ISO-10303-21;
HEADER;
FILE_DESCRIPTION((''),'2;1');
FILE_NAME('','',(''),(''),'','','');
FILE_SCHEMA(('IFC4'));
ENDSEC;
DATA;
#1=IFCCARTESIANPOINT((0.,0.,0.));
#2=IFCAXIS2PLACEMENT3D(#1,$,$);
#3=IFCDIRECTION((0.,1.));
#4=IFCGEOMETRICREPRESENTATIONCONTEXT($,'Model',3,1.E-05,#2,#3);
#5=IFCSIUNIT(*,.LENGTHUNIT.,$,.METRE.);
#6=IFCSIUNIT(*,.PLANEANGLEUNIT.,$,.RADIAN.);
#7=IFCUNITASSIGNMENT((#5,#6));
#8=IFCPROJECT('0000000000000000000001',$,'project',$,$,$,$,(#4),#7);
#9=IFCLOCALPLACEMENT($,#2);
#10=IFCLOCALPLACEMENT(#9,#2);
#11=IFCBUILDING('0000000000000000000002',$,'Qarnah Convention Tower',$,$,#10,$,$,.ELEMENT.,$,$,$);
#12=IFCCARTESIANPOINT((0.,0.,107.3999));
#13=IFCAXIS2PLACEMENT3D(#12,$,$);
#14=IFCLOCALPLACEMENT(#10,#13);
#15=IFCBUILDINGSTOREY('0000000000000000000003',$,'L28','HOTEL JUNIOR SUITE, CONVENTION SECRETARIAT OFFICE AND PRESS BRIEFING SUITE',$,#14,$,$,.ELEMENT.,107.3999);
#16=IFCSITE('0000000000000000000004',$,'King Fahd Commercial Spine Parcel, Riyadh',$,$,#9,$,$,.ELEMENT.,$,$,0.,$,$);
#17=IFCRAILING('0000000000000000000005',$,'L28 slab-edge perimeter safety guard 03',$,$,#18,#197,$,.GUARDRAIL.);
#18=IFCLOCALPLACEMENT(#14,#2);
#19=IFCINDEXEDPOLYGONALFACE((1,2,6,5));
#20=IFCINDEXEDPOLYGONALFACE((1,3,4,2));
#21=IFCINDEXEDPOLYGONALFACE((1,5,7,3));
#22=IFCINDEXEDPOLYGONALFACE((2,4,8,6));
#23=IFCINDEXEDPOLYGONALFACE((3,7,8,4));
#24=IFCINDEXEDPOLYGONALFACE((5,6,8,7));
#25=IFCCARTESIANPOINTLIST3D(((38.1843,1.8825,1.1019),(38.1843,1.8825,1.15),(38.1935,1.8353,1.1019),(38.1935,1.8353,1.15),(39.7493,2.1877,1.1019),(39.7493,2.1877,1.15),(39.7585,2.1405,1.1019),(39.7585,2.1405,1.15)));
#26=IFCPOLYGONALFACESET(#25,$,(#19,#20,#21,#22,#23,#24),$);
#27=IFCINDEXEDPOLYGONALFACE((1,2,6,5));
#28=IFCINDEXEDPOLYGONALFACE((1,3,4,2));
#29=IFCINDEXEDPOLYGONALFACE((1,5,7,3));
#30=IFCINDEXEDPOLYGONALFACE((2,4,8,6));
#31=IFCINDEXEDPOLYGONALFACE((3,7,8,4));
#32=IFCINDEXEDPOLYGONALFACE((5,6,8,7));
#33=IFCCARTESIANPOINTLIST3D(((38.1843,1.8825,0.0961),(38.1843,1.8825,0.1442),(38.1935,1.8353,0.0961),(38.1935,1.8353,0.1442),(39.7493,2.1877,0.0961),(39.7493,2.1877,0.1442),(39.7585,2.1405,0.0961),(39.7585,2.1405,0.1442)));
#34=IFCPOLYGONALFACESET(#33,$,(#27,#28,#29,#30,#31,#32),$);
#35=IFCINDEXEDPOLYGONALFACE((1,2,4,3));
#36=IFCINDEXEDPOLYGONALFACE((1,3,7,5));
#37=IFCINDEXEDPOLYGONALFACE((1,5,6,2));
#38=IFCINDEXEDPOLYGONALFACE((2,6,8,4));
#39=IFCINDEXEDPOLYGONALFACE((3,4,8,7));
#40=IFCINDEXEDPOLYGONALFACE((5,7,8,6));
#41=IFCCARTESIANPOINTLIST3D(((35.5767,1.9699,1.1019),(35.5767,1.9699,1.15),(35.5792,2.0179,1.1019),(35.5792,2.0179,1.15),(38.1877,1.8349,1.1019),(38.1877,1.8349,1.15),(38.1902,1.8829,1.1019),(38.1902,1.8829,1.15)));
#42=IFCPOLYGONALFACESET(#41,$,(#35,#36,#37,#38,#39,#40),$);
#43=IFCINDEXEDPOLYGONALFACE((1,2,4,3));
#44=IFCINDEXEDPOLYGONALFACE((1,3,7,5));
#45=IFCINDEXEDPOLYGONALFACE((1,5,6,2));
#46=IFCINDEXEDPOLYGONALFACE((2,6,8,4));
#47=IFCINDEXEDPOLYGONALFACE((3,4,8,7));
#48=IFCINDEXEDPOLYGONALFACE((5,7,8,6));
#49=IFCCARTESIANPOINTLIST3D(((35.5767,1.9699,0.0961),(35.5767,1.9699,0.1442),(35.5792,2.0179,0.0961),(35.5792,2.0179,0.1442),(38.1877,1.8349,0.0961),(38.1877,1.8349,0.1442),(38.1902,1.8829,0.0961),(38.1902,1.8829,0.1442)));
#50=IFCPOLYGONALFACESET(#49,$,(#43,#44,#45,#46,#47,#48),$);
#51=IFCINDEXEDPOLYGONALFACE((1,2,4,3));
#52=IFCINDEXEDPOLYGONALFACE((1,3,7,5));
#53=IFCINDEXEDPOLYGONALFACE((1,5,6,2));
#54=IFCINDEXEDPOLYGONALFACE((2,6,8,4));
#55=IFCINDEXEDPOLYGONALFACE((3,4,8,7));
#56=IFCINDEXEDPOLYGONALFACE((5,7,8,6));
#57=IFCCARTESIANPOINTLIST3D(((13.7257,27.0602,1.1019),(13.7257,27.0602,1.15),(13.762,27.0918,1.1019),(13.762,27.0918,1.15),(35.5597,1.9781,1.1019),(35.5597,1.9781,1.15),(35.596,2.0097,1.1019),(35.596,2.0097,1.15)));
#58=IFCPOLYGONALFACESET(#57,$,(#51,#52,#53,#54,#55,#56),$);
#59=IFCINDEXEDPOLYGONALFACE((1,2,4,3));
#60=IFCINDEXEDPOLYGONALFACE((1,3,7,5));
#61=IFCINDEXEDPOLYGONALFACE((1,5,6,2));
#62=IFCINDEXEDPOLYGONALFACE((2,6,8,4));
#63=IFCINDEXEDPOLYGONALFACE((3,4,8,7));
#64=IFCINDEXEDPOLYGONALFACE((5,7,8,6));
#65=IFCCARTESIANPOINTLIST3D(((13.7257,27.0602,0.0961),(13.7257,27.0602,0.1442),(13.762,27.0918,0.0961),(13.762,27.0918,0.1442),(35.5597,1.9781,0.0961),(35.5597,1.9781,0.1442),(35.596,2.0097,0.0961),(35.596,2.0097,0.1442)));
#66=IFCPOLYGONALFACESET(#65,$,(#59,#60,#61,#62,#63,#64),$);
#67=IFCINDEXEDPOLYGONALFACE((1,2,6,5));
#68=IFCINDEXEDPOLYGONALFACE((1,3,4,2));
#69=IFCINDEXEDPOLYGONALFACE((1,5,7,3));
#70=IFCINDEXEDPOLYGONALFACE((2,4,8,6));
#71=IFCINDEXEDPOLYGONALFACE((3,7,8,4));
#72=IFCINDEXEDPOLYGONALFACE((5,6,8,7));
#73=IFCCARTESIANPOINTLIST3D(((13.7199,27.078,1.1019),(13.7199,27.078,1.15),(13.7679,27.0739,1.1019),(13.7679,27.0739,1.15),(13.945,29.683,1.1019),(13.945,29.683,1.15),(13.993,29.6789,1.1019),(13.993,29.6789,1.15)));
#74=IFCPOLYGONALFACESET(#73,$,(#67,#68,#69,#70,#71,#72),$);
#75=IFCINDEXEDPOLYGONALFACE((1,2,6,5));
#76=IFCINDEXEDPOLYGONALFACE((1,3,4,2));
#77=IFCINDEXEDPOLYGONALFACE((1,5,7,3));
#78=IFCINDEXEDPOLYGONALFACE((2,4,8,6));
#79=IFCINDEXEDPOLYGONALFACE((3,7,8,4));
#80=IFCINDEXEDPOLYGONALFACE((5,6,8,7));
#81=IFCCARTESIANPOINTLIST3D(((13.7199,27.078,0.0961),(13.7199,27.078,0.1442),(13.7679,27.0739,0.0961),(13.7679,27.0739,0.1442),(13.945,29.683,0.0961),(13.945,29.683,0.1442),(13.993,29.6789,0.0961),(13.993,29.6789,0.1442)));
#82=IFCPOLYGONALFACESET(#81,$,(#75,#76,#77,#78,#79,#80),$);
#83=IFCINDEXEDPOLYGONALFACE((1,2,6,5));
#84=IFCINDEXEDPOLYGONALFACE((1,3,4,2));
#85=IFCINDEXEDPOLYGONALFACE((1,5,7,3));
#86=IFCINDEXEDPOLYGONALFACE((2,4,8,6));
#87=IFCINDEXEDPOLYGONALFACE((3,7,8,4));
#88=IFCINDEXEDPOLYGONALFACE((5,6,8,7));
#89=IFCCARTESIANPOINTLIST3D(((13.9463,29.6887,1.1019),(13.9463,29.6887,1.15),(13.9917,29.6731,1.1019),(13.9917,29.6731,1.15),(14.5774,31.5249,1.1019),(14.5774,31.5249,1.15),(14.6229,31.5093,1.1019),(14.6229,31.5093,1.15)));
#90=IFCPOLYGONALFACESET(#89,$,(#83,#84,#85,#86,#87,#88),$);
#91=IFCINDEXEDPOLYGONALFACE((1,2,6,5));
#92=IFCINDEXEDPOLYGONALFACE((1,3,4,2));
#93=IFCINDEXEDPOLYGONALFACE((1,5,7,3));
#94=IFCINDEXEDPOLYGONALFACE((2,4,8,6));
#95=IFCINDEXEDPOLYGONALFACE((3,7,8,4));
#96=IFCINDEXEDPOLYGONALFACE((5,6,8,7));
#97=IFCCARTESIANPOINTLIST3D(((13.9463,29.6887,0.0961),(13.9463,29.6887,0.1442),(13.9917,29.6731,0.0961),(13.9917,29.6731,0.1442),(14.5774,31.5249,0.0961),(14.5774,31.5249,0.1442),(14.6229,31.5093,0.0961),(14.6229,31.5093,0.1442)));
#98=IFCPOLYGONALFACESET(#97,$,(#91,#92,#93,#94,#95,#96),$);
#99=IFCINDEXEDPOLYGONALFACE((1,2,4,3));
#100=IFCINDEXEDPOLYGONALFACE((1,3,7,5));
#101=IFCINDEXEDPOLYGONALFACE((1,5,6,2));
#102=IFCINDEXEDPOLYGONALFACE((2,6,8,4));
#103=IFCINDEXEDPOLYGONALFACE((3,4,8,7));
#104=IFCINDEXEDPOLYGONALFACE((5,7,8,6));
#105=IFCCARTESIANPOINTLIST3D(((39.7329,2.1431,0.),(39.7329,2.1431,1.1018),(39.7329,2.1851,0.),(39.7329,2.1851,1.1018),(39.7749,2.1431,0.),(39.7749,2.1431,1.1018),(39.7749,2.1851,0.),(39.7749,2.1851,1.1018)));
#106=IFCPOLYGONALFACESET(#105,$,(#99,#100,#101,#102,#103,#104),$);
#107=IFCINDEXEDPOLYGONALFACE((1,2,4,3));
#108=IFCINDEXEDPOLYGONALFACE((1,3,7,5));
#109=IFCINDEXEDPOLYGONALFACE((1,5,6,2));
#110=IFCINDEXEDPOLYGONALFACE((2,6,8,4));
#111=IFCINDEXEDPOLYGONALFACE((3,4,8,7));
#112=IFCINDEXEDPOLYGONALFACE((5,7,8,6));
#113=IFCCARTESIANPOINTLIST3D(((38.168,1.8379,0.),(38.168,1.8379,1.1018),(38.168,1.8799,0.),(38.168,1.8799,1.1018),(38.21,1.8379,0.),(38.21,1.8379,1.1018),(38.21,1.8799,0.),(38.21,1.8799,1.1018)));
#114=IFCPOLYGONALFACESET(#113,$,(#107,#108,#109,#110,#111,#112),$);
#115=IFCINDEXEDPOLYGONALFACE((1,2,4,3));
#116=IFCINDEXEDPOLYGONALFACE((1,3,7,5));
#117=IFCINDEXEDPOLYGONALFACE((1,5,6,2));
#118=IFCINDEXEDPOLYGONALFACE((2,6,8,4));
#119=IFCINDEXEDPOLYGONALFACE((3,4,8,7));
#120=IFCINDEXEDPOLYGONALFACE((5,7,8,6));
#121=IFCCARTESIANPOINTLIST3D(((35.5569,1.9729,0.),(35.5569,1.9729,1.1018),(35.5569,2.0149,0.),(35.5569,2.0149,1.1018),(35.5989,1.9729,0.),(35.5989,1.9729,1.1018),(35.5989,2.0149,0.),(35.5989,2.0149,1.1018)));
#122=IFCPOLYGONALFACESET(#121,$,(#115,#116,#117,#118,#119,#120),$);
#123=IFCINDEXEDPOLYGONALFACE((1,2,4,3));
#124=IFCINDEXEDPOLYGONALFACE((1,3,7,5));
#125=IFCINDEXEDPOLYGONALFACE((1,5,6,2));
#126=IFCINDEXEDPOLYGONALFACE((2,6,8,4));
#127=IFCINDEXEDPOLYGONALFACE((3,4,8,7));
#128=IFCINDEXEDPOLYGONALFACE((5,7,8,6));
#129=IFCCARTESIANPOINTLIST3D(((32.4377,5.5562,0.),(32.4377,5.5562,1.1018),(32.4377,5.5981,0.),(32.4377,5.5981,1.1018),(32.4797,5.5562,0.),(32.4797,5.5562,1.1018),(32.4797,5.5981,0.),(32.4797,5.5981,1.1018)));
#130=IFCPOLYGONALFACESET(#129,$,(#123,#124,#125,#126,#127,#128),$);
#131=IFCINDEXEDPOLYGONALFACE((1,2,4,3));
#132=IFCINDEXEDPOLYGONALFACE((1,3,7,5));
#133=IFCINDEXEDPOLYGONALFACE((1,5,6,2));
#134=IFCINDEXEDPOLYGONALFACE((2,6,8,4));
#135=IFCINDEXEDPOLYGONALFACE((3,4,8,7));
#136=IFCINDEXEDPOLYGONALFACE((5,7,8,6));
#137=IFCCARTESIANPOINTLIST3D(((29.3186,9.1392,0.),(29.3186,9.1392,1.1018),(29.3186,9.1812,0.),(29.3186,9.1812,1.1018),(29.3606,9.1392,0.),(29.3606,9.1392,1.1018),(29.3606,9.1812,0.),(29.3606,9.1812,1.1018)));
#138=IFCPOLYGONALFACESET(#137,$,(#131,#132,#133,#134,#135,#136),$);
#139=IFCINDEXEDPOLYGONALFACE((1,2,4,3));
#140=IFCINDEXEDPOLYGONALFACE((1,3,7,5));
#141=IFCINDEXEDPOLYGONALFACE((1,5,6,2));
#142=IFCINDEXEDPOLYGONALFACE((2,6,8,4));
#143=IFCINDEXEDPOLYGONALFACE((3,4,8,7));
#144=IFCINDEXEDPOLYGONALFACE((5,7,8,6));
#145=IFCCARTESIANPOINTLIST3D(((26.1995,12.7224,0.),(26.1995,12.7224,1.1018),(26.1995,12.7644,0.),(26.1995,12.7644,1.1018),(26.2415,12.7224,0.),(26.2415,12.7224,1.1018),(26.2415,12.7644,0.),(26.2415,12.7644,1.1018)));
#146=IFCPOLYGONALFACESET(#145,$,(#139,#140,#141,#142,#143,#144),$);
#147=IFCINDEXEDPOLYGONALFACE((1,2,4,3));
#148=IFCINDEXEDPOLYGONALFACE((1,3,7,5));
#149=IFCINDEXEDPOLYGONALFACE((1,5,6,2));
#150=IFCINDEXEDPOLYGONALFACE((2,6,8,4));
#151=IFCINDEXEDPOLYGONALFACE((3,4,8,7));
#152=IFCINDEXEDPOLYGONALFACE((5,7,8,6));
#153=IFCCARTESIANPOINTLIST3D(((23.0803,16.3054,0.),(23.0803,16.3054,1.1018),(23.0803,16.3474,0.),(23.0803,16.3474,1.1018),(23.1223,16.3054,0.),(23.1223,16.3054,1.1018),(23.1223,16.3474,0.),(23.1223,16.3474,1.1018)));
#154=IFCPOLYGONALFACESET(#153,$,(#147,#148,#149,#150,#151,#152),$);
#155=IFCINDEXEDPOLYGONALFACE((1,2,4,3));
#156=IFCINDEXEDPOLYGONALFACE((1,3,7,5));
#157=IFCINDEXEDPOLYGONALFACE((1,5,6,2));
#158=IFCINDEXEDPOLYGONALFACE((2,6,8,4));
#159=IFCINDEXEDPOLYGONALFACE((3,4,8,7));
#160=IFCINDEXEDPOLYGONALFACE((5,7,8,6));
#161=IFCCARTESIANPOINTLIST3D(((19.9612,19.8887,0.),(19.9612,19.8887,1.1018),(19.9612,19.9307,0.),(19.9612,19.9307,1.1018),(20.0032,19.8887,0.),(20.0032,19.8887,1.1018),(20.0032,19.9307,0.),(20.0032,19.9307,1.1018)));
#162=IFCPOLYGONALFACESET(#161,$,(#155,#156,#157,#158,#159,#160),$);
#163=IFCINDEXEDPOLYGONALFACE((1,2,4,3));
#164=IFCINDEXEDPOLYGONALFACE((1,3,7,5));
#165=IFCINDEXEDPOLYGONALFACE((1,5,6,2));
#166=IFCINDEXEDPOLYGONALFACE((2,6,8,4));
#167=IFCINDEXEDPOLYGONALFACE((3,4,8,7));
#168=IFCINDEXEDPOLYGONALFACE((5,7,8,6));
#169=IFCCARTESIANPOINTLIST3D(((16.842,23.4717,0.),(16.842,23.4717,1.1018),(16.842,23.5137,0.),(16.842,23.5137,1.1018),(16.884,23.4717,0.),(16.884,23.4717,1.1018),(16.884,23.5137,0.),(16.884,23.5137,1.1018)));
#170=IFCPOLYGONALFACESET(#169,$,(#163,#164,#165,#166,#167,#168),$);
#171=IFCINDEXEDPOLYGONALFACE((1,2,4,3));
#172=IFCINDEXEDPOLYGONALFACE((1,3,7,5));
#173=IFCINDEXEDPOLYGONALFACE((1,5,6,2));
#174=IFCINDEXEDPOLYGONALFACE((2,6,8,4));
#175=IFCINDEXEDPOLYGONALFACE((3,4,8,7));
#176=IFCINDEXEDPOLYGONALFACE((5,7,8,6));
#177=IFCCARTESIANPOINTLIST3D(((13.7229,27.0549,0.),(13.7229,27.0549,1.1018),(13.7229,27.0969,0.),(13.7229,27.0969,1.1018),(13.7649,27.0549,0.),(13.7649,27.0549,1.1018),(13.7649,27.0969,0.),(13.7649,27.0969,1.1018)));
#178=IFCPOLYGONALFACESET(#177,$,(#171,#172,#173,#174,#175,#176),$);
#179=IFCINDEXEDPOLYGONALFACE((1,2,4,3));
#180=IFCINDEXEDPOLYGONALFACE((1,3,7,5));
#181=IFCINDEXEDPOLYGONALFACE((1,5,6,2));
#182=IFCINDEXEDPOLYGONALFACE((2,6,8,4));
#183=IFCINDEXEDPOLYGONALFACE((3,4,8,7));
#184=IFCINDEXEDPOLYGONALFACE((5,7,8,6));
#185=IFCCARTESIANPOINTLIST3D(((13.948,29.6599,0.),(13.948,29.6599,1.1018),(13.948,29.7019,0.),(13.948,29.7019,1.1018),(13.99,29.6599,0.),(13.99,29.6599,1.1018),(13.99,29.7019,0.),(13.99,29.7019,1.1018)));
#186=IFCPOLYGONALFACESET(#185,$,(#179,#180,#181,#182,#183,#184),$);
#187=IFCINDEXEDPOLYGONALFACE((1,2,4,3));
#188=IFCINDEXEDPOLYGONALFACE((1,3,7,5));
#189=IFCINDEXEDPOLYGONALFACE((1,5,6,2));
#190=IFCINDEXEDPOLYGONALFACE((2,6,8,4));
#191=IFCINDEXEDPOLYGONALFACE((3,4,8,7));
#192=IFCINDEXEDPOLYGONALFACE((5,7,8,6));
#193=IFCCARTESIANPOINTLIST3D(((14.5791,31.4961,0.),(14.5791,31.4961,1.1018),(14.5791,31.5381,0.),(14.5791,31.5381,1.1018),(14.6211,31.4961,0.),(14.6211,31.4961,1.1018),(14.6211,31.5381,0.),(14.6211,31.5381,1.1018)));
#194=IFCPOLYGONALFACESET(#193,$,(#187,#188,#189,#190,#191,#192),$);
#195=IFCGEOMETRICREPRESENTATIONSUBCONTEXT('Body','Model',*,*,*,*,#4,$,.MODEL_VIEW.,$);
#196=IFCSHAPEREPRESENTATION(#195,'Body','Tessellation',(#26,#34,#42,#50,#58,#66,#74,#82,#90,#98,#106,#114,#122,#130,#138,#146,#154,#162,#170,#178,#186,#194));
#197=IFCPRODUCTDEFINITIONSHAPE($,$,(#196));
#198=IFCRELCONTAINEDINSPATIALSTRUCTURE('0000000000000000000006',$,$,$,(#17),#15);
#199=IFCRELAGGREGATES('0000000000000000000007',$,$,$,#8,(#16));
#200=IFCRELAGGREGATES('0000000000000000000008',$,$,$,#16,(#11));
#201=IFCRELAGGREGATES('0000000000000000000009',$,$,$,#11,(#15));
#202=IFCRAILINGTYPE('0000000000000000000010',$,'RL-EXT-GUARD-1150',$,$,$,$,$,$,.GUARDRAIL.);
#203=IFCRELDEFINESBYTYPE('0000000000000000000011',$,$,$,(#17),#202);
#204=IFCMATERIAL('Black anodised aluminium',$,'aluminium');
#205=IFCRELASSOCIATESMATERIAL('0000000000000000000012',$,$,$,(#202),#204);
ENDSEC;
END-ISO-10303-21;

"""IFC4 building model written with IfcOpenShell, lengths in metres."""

from ifc_helpers import new_model, si_unit, direction, frame, origin, origin_2d, place, context, subcontext, project, spatial, rectangle, extrude, material, type_object, element, save


model = new_model("IFC4")

# Units and contexts
model_context = context("Model", 3, precision=1e-05, world=origin(), true_north=direction((0.0, 1.0)))
body_context = subcontext(model_context, "Body", "Model", "MODEL_VIEW")
ifc_project = project(units=[si_unit("LENGTHUNIT", "METRE"), si_unit("PLANEANGLEUNIT", "RADIAN")], contexts=[model_context])

# Site, building, storey
site_placement = place(None, origin())
site = spatial("IfcSite", under=ifc_project, at=site_placement, Name="King Fahd Commercial Spine Parcel, Riyadh", CompositionType="ELEMENT", RefElevation=0.0)
building_placement = place(site_placement, origin())
building = spatial("IfcBuilding", under=site, at=building_placement, Name="Qarnah Convention Tower", CompositionType="ELEMENT")
storey_placement = place(building_placement, frame((0.0, 0.0, 107.3999)))
storey = spatial("IfcBuildingStorey", under=building, at=storey_placement, Name="L28", Description="HOTEL JUNIOR SUITE, CONVENTION SECRETARIAT OFFICE AND PRESS BRIEFING SUITE", CompositionType="ELEMENT", Elevation=107.3999)

# Shared definitions
ifc_material_1 = material(Name="Black anodised aluminium", Category="aluminium")

# Railing
railing_type = type_object("IfcRailingType", Name="RL-EXT-GUARD-1150", PredefinedType="GUARDRAIL", material=ifc_material_1)
railing_1_placement = place(storey_placement, frame((39.7539, 2.1641, 0.0)))
element("IfcRailing", 1, at=railing_1_placement, inside=storey, type_object=railing_type, Name="L28 slab-edge perimeter safety guard 03", PredefinedType="GUARDRAIL", context=body_context, shape_type="SweptSolid", body=[
    extrude(rectangle(XDim=0.0481, YDim=0.0481, at=origin_2d()), frame((0.0, 0.0, 1.126), z_axis=(-0.981512, -0.191402, 0.0), x_axis=(0.191402, -0.981512, 0.0)), (0.0, 0.0, 1.0), 1.5945),
    extrude(rectangle(XDim=0.0481, YDim=0.0481, at=origin_2d()), frame((0.0, 0.0, 0.1201), z_axis=(-0.981512, -0.191402, 0.0), x_axis=(0.191402, -0.981512, 0.0)), (0.0, 0.0, 1.0), 1.5945),
    extrude(rectangle(XDim=0.0481, YDim=0.0481, at=origin_2d()), frame((-1.5649, -0.3052, 1.126), z_axis=(-0.998666, 0.051637, 0.0), x_axis=(-0.051637, -0.998666, 0.0)), (0.0, 0.0, 1.0), 2.6145),
    extrude(rectangle(XDim=0.0481, YDim=0.0481, at=origin_2d()), frame((-1.5649, -0.3052, 0.1201), z_axis=(-0.998666, 0.051637, 0.0), x_axis=(-0.051637, -0.998666, 0.0)), (0.0, 0.0, 1.0), 2.6145),
    extrude(rectangle(XDim=0.0481, YDim=0.0481, at=origin_2d()), frame((-4.176, -0.1702, 1.126), z_axis=(-0.656581, 0.754255, 0.0), x_axis=(-0.754255, -0.656581, 0.0)), (0.0, 0.0, 1.0), 33.2542),
    extrude(rectangle(XDim=0.0481, YDim=0.0481, at=origin_2d()), frame((-4.176, -0.1702, 0.1201), z_axis=(-0.656581, 0.754255, 0.0), x_axis=(-0.754255, -0.656581, 0.0)), (0.0, 0.0, 1.0), 33.2542),
    extrude(rectangle(XDim=0.0481, YDim=0.0481, at=origin_2d()), frame((-26.01, 24.9119, 1.126), z_axis=(0.08609, 0.996287, 0.0), x_axis=(-0.996287, 0.08609, 0.0)), (0.0, 0.0, 1.0), 2.6147),
    extrude(rectangle(XDim=0.0481, YDim=0.0481, at=origin_2d()), frame((-26.01, 24.9119, 0.1201), z_axis=(0.08609, 0.996287, 0.0), x_axis=(-0.996287, 0.08609, 0.0)), (0.0, 0.0, 1.0), 2.6147),
    extrude(rectangle(XDim=0.0481, YDim=0.0481, at=origin_2d()), frame((-25.7849, 27.5168, 1.126), z_axis=(0.325041, 0.9457, 0.0), x_axis=(-0.9457, 0.325041, 0.0)), (0.0, 0.0, 1.0), 1.9417),
    extrude(rectangle(XDim=0.0481, YDim=0.0481, at=origin_2d()), frame((-25.7849, 27.5168, 0.1201), z_axis=(0.325041, 0.9457, 0.0), x_axis=(-0.9457, 0.325041, 0.0)), (0.0, 0.0, 1.0), 1.9417),
    extrude(rectangle(XDim=0.042, YDim=0.042, at=origin_2d()), origin(), (0.0, 0.0, 1.0), 1.1018),
    extrude(rectangle(XDim=0.042, YDim=0.042, at=origin_2d()), frame((-1.5649, -0.3052, 0.0)), (0.0, 0.0, 1.0), 1.1018),
    extrude(rectangle(XDim=0.042, YDim=0.042, at=origin_2d()), frame((-4.176, -0.1702, 0.0)), (0.0, 0.0, 1.0), 1.1018),
    extrude(rectangle(XDim=0.042, YDim=0.042, at=origin_2d()), frame((-7.2952, 3.4131, 0.0)), (0.0, 0.0, 1.0), 1.1018),
    extrude(rectangle(XDim=0.042, YDim=0.042, at=origin_2d()), frame((-10.4143, 6.9961, 0.0)), (0.0, 0.0, 1.0), 1.1018),
    extrude(rectangle(XDim=0.042, YDim=0.042, at=origin_2d()), frame((-13.5334, 10.5793, 0.0)), (0.0, 0.0, 1.0), 1.1018),
    extrude(rectangle(XDim=0.042, YDim=0.042, at=origin_2d()), frame((-16.6526, 14.1624, 0.0)), (0.0, 0.0, 1.0), 1.1018),
    extrude(rectangle(XDim=0.042, YDim=0.042, at=origin_2d()), frame((-19.7717, 17.7456, 0.0)), (0.0, 0.0, 1.0), 1.1018),
    extrude(rectangle(XDim=0.042, YDim=0.042, at=origin_2d()), frame((-22.8909, 21.3286, 0.0)), (0.0, 0.0, 1.0), 1.1018),
    extrude(rectangle(XDim=0.042, YDim=0.042, at=origin_2d()), frame((-26.01, 24.9119, 0.0)), (0.0, 0.0, 1.0), 1.1018),
    extrude(rectangle(XDim=0.042, YDim=0.042, at=origin_2d()), frame((-25.7849, 27.5168, 0.0)), (0.0, 0.0, 1.0), 1.1018),
    extrude(rectangle(XDim=0.042, YDim=0.042, at=origin_2d()), frame((-25.1538, 29.353, 0.0)), (0.0, 0.0, 1.0), 1.1018),
])

save(model, "model.ifc")
